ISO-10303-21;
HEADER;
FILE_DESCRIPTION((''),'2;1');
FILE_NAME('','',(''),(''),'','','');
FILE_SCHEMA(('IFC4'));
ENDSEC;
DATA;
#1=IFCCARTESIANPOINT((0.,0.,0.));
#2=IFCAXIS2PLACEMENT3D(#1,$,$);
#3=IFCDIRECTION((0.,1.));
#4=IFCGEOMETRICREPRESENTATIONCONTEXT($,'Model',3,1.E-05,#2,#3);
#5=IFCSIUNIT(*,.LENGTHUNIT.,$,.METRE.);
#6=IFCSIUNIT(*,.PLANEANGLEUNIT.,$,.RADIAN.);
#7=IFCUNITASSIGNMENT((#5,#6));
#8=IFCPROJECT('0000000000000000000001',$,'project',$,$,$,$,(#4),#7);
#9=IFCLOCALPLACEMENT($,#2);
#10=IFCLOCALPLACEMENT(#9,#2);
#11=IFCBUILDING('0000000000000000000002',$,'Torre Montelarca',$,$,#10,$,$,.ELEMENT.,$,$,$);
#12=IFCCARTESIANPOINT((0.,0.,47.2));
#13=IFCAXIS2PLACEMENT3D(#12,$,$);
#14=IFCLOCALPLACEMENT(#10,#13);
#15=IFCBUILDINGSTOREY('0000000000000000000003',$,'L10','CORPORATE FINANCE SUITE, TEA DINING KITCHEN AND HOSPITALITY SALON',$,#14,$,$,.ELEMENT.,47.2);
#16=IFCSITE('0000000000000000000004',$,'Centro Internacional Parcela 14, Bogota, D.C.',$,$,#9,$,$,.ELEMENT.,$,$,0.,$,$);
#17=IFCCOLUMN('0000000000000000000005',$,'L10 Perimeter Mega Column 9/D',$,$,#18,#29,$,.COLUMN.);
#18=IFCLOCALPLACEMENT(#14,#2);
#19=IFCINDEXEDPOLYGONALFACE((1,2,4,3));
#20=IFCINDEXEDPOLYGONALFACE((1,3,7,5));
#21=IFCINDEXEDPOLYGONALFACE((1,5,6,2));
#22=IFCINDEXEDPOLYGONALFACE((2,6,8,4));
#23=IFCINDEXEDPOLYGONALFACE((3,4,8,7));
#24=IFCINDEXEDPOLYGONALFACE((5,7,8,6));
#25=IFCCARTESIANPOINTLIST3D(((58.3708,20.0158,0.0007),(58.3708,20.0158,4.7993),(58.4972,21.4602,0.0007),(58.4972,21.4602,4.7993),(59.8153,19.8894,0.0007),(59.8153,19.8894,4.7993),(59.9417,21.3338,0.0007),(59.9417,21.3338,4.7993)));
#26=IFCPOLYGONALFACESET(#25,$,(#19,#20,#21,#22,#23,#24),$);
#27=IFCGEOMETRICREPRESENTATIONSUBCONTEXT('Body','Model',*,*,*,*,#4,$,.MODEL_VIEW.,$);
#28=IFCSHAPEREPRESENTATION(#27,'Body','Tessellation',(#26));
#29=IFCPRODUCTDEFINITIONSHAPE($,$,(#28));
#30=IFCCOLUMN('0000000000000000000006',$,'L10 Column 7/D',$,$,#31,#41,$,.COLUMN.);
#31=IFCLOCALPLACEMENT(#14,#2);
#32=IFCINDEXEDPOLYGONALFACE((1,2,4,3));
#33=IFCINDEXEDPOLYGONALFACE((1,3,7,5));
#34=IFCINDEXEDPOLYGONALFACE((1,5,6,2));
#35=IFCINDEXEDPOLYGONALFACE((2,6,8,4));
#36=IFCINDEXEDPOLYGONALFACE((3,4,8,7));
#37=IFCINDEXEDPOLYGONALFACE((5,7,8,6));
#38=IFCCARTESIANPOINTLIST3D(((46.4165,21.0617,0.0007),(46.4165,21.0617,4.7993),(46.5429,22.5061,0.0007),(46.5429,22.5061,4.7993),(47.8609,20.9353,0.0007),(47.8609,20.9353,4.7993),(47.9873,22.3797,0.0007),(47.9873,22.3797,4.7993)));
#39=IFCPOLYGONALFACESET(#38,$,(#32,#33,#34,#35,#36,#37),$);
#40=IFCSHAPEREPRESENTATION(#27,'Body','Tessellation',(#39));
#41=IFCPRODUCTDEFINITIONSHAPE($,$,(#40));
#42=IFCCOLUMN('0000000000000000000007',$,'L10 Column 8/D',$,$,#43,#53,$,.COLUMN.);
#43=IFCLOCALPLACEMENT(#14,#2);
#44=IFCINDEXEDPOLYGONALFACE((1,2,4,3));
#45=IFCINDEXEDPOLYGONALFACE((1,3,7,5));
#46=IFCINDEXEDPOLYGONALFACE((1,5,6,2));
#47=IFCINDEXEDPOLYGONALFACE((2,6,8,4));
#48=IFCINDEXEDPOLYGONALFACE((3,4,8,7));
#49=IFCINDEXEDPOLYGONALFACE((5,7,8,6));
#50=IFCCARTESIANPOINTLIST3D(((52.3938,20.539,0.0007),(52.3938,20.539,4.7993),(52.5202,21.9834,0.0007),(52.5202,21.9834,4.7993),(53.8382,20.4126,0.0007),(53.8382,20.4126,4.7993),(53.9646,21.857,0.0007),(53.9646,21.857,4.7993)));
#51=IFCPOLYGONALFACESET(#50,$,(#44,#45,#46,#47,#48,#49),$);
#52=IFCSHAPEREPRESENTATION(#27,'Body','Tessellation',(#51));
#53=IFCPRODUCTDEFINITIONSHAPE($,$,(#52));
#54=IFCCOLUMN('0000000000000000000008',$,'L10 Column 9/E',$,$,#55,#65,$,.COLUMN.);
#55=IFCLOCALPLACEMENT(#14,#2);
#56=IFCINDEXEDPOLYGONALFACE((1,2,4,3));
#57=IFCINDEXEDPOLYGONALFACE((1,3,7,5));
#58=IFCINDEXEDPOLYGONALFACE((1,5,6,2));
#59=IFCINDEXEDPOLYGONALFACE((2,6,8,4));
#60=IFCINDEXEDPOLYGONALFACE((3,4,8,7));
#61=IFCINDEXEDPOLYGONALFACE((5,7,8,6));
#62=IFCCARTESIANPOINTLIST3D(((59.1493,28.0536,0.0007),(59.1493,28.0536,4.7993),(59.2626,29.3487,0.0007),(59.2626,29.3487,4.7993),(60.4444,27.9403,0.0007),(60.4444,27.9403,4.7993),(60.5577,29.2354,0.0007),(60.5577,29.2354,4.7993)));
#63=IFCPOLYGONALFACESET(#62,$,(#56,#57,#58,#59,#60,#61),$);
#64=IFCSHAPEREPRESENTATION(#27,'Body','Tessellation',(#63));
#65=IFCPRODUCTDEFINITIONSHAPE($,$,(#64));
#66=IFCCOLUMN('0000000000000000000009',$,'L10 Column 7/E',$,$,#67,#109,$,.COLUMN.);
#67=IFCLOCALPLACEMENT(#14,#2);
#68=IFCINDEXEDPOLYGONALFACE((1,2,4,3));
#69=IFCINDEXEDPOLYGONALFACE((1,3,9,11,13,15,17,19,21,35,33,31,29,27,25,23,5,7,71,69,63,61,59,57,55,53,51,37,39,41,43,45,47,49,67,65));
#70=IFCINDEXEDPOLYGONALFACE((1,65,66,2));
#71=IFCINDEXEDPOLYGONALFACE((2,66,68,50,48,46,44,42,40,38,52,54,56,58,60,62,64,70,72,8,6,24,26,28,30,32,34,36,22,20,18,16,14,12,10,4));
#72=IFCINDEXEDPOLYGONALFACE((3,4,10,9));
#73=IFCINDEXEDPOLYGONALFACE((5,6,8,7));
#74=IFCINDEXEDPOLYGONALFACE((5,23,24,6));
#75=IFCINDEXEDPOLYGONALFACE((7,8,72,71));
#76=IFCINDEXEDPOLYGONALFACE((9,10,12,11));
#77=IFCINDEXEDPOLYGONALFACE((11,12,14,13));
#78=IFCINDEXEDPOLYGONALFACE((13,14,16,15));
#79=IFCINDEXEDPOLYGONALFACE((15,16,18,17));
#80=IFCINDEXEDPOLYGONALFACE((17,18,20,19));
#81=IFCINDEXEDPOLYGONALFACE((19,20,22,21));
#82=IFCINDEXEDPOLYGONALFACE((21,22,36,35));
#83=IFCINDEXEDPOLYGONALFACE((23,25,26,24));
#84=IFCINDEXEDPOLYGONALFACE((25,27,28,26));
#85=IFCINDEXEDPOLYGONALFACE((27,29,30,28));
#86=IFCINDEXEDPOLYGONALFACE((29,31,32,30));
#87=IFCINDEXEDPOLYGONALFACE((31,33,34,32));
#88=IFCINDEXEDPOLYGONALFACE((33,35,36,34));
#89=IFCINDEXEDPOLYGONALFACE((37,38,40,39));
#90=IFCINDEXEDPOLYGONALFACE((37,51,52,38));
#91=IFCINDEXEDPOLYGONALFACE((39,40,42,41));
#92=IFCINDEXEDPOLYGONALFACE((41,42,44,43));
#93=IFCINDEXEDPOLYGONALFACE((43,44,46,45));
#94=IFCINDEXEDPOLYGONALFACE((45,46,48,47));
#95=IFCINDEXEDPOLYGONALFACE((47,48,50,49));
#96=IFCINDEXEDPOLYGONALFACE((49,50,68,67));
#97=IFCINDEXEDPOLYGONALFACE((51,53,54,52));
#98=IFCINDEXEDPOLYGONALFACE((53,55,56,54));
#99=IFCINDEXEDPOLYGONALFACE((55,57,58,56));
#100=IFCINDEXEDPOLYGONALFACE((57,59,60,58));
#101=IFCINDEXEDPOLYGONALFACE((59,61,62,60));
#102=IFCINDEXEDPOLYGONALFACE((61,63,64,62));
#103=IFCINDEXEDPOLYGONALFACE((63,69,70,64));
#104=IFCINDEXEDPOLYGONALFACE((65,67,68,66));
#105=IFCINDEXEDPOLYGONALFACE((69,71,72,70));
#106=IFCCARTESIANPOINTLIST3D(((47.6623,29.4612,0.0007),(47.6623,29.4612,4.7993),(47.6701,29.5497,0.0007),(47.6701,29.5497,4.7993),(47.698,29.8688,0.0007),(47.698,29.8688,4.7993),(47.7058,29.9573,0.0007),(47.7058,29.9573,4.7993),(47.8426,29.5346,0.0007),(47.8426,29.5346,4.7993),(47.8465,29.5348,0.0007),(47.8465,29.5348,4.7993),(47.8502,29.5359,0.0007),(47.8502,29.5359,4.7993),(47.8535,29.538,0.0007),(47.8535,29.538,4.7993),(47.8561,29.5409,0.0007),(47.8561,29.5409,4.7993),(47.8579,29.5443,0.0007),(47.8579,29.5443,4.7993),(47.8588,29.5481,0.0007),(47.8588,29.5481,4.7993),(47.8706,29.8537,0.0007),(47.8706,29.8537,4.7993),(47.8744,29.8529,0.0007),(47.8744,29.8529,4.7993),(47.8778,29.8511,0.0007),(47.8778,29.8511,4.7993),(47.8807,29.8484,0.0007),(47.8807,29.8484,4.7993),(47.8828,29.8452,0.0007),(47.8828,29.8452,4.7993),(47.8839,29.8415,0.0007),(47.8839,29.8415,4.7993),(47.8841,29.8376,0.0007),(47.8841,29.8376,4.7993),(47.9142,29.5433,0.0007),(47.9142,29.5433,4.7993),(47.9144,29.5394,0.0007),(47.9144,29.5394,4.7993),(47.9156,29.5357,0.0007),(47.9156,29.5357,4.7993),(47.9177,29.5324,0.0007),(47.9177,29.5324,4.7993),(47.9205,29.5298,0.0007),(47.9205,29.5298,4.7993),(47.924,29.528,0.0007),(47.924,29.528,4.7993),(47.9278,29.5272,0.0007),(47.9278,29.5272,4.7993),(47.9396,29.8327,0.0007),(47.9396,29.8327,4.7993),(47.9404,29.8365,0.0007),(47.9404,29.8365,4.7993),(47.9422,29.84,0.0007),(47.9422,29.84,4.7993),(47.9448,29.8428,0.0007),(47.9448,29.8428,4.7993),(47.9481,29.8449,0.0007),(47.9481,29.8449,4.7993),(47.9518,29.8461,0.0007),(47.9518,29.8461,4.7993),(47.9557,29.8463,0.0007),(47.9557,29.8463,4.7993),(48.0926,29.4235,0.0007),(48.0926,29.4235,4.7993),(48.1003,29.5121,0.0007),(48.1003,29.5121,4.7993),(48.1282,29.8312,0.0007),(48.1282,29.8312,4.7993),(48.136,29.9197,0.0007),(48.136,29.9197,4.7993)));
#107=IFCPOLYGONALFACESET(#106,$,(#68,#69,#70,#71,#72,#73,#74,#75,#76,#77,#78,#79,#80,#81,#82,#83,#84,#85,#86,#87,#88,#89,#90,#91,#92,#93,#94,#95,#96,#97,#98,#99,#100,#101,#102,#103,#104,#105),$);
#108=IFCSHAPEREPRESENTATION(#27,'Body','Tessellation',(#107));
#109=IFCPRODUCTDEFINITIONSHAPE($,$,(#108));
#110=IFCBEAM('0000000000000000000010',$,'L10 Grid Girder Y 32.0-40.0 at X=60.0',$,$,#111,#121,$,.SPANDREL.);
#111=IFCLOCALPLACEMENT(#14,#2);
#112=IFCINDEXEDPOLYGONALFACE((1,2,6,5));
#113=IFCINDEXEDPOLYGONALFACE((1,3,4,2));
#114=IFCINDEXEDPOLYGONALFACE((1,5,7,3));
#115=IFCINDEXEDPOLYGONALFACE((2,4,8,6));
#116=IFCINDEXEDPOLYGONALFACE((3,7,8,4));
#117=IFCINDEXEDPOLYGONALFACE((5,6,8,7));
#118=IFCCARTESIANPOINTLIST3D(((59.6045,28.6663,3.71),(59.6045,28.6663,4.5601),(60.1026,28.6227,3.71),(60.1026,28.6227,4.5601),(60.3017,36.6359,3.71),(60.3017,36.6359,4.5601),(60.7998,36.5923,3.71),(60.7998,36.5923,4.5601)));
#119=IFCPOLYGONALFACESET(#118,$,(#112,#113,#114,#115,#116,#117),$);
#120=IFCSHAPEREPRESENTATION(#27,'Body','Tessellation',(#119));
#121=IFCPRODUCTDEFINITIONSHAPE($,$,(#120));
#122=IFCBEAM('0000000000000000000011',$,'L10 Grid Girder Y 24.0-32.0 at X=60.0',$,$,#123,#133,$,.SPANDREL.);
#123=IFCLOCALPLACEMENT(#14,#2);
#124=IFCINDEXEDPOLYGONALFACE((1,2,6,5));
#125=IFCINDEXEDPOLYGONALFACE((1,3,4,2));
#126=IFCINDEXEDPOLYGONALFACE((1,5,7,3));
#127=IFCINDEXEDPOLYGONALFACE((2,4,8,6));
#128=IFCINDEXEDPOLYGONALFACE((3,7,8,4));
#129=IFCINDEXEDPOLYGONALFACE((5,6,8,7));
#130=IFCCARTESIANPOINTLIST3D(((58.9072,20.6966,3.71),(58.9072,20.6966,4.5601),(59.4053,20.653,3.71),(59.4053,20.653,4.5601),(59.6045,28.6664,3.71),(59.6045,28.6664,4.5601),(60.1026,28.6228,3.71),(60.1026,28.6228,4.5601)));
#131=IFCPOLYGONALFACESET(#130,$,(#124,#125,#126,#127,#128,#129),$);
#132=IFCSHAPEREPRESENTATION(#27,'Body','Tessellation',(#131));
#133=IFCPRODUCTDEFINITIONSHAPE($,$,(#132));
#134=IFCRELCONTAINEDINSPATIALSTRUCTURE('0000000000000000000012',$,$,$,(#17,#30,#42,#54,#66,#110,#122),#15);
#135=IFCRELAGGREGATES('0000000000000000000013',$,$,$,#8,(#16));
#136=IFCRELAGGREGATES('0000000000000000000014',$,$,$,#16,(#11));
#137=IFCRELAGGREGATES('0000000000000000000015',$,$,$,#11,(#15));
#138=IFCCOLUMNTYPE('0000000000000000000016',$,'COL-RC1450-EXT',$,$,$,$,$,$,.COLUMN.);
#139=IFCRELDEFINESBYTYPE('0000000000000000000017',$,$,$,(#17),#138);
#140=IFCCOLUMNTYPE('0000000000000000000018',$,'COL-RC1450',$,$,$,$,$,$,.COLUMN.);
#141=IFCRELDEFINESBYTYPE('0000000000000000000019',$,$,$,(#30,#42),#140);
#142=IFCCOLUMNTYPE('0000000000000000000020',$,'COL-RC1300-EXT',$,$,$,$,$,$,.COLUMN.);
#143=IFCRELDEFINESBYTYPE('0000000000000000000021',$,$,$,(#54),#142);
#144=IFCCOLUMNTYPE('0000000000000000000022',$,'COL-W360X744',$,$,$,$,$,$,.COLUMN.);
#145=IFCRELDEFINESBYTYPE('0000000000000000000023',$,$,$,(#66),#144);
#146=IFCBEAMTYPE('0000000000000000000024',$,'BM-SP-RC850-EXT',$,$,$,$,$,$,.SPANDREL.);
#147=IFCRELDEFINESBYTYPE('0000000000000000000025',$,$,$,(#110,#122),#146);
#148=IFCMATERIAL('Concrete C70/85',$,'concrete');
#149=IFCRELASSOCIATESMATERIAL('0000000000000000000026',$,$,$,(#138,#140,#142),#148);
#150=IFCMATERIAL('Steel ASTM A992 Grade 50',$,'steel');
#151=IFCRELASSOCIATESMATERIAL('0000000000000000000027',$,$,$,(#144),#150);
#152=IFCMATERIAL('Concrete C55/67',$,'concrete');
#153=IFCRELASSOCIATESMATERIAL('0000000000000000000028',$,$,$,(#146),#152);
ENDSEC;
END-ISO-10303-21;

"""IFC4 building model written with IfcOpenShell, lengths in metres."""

from ifc_helpers import new_model, si_unit, direction, frame, origin, origin_2d, place, context, subcontext, project, spatial, rectangle, i_section, extrude, source, transform, mapped, material, material_profile, profile_set, type_object, element, save


model = new_model("IFC4")

# Units and contexts
model_context = context("Model", 3, precision=1e-05, world=origin(), true_north=direction((0.0, 1.0)))
body_context = subcontext(model_context, "Body", "Model", "MODEL_VIEW")
ifc_project = project(units=[si_unit("LENGTHUNIT", "METRE"), si_unit("PLANEANGLEUNIT", "RADIAN")], contexts=[model_context])

# Site, building, storey
site_placement = place(None, origin())
site = spatial("IfcSite", under=ifc_project, at=site_placement, Name="Centro Internacional Parcela 14, Bogota, D.C.", CompositionType="ELEMENT", RefElevation=0.0)
building_placement = place(site_placement, origin())
building = spatial("IfcBuilding", under=site, at=building_placement, Name="Torre Montelarca", CompositionType="ELEMENT")
storey_placement = place(building_placement, frame((0.0, 0.0, 47.2)))
storey = spatial("IfcBuildingStorey", under=building, at=storey_placement, Name="L10", Description="CORPORATE FINANCE SUITE, TEA DINING KITCHEN AND HOSPITALITY SALON", CompositionType="ELEMENT", Elevation=47.2)

# Columns
ifc_material_1 = material(Name="Concrete C70/85", Category="concrete")
ifc_material_profile_1 = material_profile(ifc_material_1, rectangle(XDim=1.45, YDim=1.45, at=origin_2d()), Name="RC1450X1450", Category="concrete")
ifc_profile_set_1 = profile_set([ifc_material_profile_1], Name="Concrete C70/85")
column_type_1 = type_object("IfcColumnType", Name="COL-RC1450-EXT", PredefinedType="COLUMN", material=ifc_profile_set_1)
shared_shape_1 = source(origin(), body_context, "Body", "SweptSolid", [
    extrude(rectangle(XDim=1.45, YDim=1.45, at=origin_2d()), origin(), (0.0, 0.0, 1.0), 4.7986),
])
column_1_placement = place(storey_placement, frame((59.1562, 20.6748, 0.0007), z_axis=(0.0, 0.0, 1.0), x_axis=(-0.996195, 0.087156, 0.0)))
element("IfcColumn", 1, at=column_1_placement, inside=storey, type_object=column_type_1, Name="L10 Perimeter Mega Column 9/D", PredefinedType="COLUMN", context=body_context, shape_type="MappedRepresentation", body=[
    mapped(shared_shape_1, transform((0.0, 0.0, 0.0), scale=1.0)),
])
ifc_material_profile_2 = material_profile(ifc_material_1, rectangle(XDim=1.45, YDim=1.45, at=origin_2d()), Name="RC1450X1450", Category="concrete")
ifc_profile_set_2 = profile_set([ifc_material_profile_2], Name="Concrete C70/85")
column_type_2 = type_object("IfcColumnType", Name="COL-RC1450", PredefinedType="COLUMN", material=ifc_profile_set_2)
shared_shape_2 = source(origin(), body_context, "Body", "SweptSolid", [
    extrude(rectangle(XDim=1.45, YDim=1.45, at=origin_2d()), origin(), (0.0, 0.0, 1.0), 4.7986),
])
for number, where, z_axis, x_axis, name in (
    (2, (47.2019, 21.7207, 0.0007), (0.0, 0.0, 1.0), (-0.996195, 0.087156, 0.0), "L10 Column 7/D"),
    (3, (53.1792, 21.198, 0.0007), (0.0, 0.0, 1.0), (-0.996195, 0.087156, 0.0), "L10 Column 8/D"),
):
    element("IfcColumn", number, at=place(storey_placement, frame(where, z_axis=z_axis, x_axis=x_axis)), inside=storey, type_object=column_type_2, Name=name, PredefinedType="COLUMN", context=body_context, shape_type="MappedRepresentation", body=[
        mapped(shared_shape_2, transform((0.0, 0.0, 0.0), scale=1.0)),
    ])
ifc_material_profile_3 = material_profile(ifc_material_1, rectangle(XDim=1.3, YDim=1.3, at=origin_2d()), Name="RC1300X1300", Category="concrete")
ifc_profile_set_3 = profile_set([ifc_material_profile_3], Name="Concrete C70/85")
column_type_3 = type_object("IfcColumnType", Name="COL-RC1300-EXT", PredefinedType="COLUMN", material=ifc_profile_set_3)
shared_shape_3 = source(origin(), body_context, "Body", "SweptSolid", [
    extrude(rectangle(XDim=1.3, YDim=1.3, at=origin_2d()), origin(), (0.0, 0.0, 1.0), 4.7986),
])
column_2_placement = place(storey_placement, frame((59.8535, 28.6445, 0.0007), z_axis=(0.0, 0.0, 1.0), x_axis=(-0.996195, 0.087156, 0.0)))
element("IfcColumn", 4, at=column_2_placement, inside=storey, type_object=column_type_3, Name="L10 Column 9/E", PredefinedType="COLUMN", context=body_context, shape_type="MappedRepresentation", body=[
    mapped(shared_shape_3, transform((0.0, 0.0, 0.0), scale=1.0)),
])
ifc_material_2 = material(Name="Steel ASTM A992 Grade 50", Category="steel")
ifc_material_profile_4 = material_profile(ifc_material_2, i_section(OverallWidth=0.4319, OverallDepth=0.498, WebThickness=0.0557, FlangeThickness=0.0889, FilletRadius=0.0149, at=origin_2d()), Name="W360X744", Category="steel")
ifc_profile_set_4 = profile_set([ifc_material_profile_4], Name="Steel ASTM A992 Grade 50")
column_type_4 = type_object("IfcColumnType", Name="COL-W360X744", PredefinedType="COLUMN", material=ifc_profile_set_4)
shared_shape_4 = source(origin(), body_context, "Body", "SweptSolid", [
    extrude(i_section(OverallWidth=0.4319, OverallDepth=0.498, WebThickness=0.0557, FlangeThickness=0.0889, FilletRadius=0.0149, at=origin_2d()), origin(), (0.0, 0.0, 1.0), 4.7986),
])
column_3_placement = place(storey_placement, frame((47.8992, 29.6904, 0.0007), z_axis=(0.0, 0.0, 1.0), x_axis=(-0.996195, 0.087156, 0.0)))
element("IfcColumn", 5, at=column_3_placement, inside=storey, type_object=column_type_4, Name="L10 Column 7/E", PredefinedType="COLUMN", context=body_context, shape_type="MappedRepresentation", body=[
    mapped(shared_shape_4, transform((0.0, 0.0, 0.0), scale=1.0)),
])

# Beams
ifc_material_3 = material(Name="Concrete C55/67", Category="concrete")
ifc_material_profile_5 = material_profile(ifc_material_3, rectangle(XDim=0.5, YDim=0.8501, at=origin_2d()), Name="RCB500X850", Category="concrete")
ifc_profile_set_5 = profile_set([ifc_material_profile_5], Name="Concrete C55/67")
beam_type = type_object("IfcBeamType", Name="BM-SP-RC850-EXT", PredefinedType="SPANDREL", material=ifc_profile_set_5)
shared_shape_5 = source(origin(), body_context, "Body", "SweptSolid", [
    extrude(rectangle(XDim=0.5, YDim=0.8501, at=origin_2d()), origin(), (0.0, 0.0, 1.0), 8.0),
])
beam_1_placement = place(storey_placement, frame((59.8535, 28.6445, 4.135), z_axis=(0.087159, 0.996194, 0.0), x_axis=(-0.996194, 0.087159, 0.0)))
element("IfcBeam", 6, at=beam_1_placement, inside=storey, type_object=beam_type, Name="L10 Grid Girder Y 32.0-40.0 at X=60.0", PredefinedType="SPANDREL", context=body_context, shape_type="MappedRepresentation", body=[
    mapped(shared_shape_5, transform((0.0, 0.0, 0.0), scale=1.0)),
])
shared_shape_6 = source(origin(), body_context, "Body", "SweptSolid", [
    extrude(rectangle(XDim=0.5, YDim=0.8501, at=origin_2d()), origin(), (0.0, 0.0, 1.0), 8.0002),
])
beam_2_placement = place(storey_placement, frame((59.1562, 20.6748, 4.135), z_axis=(0.087156, 0.996195, 0.0), x_axis=(-0.996195, 0.087156, 0.0)))
element("IfcBeam", 7, at=beam_2_placement, inside=storey, type_object=beam_type, Name="L10 Grid Girder Y 24.0-32.0 at X=60.0", PredefinedType="SPANDREL", context=body_context, shape_type="MappedRepresentation", body=[
    mapped(shared_shape_6, transform((0.0, 0.0, 0.0), scale=1.0)),
])

save(model, "model.ifc")
